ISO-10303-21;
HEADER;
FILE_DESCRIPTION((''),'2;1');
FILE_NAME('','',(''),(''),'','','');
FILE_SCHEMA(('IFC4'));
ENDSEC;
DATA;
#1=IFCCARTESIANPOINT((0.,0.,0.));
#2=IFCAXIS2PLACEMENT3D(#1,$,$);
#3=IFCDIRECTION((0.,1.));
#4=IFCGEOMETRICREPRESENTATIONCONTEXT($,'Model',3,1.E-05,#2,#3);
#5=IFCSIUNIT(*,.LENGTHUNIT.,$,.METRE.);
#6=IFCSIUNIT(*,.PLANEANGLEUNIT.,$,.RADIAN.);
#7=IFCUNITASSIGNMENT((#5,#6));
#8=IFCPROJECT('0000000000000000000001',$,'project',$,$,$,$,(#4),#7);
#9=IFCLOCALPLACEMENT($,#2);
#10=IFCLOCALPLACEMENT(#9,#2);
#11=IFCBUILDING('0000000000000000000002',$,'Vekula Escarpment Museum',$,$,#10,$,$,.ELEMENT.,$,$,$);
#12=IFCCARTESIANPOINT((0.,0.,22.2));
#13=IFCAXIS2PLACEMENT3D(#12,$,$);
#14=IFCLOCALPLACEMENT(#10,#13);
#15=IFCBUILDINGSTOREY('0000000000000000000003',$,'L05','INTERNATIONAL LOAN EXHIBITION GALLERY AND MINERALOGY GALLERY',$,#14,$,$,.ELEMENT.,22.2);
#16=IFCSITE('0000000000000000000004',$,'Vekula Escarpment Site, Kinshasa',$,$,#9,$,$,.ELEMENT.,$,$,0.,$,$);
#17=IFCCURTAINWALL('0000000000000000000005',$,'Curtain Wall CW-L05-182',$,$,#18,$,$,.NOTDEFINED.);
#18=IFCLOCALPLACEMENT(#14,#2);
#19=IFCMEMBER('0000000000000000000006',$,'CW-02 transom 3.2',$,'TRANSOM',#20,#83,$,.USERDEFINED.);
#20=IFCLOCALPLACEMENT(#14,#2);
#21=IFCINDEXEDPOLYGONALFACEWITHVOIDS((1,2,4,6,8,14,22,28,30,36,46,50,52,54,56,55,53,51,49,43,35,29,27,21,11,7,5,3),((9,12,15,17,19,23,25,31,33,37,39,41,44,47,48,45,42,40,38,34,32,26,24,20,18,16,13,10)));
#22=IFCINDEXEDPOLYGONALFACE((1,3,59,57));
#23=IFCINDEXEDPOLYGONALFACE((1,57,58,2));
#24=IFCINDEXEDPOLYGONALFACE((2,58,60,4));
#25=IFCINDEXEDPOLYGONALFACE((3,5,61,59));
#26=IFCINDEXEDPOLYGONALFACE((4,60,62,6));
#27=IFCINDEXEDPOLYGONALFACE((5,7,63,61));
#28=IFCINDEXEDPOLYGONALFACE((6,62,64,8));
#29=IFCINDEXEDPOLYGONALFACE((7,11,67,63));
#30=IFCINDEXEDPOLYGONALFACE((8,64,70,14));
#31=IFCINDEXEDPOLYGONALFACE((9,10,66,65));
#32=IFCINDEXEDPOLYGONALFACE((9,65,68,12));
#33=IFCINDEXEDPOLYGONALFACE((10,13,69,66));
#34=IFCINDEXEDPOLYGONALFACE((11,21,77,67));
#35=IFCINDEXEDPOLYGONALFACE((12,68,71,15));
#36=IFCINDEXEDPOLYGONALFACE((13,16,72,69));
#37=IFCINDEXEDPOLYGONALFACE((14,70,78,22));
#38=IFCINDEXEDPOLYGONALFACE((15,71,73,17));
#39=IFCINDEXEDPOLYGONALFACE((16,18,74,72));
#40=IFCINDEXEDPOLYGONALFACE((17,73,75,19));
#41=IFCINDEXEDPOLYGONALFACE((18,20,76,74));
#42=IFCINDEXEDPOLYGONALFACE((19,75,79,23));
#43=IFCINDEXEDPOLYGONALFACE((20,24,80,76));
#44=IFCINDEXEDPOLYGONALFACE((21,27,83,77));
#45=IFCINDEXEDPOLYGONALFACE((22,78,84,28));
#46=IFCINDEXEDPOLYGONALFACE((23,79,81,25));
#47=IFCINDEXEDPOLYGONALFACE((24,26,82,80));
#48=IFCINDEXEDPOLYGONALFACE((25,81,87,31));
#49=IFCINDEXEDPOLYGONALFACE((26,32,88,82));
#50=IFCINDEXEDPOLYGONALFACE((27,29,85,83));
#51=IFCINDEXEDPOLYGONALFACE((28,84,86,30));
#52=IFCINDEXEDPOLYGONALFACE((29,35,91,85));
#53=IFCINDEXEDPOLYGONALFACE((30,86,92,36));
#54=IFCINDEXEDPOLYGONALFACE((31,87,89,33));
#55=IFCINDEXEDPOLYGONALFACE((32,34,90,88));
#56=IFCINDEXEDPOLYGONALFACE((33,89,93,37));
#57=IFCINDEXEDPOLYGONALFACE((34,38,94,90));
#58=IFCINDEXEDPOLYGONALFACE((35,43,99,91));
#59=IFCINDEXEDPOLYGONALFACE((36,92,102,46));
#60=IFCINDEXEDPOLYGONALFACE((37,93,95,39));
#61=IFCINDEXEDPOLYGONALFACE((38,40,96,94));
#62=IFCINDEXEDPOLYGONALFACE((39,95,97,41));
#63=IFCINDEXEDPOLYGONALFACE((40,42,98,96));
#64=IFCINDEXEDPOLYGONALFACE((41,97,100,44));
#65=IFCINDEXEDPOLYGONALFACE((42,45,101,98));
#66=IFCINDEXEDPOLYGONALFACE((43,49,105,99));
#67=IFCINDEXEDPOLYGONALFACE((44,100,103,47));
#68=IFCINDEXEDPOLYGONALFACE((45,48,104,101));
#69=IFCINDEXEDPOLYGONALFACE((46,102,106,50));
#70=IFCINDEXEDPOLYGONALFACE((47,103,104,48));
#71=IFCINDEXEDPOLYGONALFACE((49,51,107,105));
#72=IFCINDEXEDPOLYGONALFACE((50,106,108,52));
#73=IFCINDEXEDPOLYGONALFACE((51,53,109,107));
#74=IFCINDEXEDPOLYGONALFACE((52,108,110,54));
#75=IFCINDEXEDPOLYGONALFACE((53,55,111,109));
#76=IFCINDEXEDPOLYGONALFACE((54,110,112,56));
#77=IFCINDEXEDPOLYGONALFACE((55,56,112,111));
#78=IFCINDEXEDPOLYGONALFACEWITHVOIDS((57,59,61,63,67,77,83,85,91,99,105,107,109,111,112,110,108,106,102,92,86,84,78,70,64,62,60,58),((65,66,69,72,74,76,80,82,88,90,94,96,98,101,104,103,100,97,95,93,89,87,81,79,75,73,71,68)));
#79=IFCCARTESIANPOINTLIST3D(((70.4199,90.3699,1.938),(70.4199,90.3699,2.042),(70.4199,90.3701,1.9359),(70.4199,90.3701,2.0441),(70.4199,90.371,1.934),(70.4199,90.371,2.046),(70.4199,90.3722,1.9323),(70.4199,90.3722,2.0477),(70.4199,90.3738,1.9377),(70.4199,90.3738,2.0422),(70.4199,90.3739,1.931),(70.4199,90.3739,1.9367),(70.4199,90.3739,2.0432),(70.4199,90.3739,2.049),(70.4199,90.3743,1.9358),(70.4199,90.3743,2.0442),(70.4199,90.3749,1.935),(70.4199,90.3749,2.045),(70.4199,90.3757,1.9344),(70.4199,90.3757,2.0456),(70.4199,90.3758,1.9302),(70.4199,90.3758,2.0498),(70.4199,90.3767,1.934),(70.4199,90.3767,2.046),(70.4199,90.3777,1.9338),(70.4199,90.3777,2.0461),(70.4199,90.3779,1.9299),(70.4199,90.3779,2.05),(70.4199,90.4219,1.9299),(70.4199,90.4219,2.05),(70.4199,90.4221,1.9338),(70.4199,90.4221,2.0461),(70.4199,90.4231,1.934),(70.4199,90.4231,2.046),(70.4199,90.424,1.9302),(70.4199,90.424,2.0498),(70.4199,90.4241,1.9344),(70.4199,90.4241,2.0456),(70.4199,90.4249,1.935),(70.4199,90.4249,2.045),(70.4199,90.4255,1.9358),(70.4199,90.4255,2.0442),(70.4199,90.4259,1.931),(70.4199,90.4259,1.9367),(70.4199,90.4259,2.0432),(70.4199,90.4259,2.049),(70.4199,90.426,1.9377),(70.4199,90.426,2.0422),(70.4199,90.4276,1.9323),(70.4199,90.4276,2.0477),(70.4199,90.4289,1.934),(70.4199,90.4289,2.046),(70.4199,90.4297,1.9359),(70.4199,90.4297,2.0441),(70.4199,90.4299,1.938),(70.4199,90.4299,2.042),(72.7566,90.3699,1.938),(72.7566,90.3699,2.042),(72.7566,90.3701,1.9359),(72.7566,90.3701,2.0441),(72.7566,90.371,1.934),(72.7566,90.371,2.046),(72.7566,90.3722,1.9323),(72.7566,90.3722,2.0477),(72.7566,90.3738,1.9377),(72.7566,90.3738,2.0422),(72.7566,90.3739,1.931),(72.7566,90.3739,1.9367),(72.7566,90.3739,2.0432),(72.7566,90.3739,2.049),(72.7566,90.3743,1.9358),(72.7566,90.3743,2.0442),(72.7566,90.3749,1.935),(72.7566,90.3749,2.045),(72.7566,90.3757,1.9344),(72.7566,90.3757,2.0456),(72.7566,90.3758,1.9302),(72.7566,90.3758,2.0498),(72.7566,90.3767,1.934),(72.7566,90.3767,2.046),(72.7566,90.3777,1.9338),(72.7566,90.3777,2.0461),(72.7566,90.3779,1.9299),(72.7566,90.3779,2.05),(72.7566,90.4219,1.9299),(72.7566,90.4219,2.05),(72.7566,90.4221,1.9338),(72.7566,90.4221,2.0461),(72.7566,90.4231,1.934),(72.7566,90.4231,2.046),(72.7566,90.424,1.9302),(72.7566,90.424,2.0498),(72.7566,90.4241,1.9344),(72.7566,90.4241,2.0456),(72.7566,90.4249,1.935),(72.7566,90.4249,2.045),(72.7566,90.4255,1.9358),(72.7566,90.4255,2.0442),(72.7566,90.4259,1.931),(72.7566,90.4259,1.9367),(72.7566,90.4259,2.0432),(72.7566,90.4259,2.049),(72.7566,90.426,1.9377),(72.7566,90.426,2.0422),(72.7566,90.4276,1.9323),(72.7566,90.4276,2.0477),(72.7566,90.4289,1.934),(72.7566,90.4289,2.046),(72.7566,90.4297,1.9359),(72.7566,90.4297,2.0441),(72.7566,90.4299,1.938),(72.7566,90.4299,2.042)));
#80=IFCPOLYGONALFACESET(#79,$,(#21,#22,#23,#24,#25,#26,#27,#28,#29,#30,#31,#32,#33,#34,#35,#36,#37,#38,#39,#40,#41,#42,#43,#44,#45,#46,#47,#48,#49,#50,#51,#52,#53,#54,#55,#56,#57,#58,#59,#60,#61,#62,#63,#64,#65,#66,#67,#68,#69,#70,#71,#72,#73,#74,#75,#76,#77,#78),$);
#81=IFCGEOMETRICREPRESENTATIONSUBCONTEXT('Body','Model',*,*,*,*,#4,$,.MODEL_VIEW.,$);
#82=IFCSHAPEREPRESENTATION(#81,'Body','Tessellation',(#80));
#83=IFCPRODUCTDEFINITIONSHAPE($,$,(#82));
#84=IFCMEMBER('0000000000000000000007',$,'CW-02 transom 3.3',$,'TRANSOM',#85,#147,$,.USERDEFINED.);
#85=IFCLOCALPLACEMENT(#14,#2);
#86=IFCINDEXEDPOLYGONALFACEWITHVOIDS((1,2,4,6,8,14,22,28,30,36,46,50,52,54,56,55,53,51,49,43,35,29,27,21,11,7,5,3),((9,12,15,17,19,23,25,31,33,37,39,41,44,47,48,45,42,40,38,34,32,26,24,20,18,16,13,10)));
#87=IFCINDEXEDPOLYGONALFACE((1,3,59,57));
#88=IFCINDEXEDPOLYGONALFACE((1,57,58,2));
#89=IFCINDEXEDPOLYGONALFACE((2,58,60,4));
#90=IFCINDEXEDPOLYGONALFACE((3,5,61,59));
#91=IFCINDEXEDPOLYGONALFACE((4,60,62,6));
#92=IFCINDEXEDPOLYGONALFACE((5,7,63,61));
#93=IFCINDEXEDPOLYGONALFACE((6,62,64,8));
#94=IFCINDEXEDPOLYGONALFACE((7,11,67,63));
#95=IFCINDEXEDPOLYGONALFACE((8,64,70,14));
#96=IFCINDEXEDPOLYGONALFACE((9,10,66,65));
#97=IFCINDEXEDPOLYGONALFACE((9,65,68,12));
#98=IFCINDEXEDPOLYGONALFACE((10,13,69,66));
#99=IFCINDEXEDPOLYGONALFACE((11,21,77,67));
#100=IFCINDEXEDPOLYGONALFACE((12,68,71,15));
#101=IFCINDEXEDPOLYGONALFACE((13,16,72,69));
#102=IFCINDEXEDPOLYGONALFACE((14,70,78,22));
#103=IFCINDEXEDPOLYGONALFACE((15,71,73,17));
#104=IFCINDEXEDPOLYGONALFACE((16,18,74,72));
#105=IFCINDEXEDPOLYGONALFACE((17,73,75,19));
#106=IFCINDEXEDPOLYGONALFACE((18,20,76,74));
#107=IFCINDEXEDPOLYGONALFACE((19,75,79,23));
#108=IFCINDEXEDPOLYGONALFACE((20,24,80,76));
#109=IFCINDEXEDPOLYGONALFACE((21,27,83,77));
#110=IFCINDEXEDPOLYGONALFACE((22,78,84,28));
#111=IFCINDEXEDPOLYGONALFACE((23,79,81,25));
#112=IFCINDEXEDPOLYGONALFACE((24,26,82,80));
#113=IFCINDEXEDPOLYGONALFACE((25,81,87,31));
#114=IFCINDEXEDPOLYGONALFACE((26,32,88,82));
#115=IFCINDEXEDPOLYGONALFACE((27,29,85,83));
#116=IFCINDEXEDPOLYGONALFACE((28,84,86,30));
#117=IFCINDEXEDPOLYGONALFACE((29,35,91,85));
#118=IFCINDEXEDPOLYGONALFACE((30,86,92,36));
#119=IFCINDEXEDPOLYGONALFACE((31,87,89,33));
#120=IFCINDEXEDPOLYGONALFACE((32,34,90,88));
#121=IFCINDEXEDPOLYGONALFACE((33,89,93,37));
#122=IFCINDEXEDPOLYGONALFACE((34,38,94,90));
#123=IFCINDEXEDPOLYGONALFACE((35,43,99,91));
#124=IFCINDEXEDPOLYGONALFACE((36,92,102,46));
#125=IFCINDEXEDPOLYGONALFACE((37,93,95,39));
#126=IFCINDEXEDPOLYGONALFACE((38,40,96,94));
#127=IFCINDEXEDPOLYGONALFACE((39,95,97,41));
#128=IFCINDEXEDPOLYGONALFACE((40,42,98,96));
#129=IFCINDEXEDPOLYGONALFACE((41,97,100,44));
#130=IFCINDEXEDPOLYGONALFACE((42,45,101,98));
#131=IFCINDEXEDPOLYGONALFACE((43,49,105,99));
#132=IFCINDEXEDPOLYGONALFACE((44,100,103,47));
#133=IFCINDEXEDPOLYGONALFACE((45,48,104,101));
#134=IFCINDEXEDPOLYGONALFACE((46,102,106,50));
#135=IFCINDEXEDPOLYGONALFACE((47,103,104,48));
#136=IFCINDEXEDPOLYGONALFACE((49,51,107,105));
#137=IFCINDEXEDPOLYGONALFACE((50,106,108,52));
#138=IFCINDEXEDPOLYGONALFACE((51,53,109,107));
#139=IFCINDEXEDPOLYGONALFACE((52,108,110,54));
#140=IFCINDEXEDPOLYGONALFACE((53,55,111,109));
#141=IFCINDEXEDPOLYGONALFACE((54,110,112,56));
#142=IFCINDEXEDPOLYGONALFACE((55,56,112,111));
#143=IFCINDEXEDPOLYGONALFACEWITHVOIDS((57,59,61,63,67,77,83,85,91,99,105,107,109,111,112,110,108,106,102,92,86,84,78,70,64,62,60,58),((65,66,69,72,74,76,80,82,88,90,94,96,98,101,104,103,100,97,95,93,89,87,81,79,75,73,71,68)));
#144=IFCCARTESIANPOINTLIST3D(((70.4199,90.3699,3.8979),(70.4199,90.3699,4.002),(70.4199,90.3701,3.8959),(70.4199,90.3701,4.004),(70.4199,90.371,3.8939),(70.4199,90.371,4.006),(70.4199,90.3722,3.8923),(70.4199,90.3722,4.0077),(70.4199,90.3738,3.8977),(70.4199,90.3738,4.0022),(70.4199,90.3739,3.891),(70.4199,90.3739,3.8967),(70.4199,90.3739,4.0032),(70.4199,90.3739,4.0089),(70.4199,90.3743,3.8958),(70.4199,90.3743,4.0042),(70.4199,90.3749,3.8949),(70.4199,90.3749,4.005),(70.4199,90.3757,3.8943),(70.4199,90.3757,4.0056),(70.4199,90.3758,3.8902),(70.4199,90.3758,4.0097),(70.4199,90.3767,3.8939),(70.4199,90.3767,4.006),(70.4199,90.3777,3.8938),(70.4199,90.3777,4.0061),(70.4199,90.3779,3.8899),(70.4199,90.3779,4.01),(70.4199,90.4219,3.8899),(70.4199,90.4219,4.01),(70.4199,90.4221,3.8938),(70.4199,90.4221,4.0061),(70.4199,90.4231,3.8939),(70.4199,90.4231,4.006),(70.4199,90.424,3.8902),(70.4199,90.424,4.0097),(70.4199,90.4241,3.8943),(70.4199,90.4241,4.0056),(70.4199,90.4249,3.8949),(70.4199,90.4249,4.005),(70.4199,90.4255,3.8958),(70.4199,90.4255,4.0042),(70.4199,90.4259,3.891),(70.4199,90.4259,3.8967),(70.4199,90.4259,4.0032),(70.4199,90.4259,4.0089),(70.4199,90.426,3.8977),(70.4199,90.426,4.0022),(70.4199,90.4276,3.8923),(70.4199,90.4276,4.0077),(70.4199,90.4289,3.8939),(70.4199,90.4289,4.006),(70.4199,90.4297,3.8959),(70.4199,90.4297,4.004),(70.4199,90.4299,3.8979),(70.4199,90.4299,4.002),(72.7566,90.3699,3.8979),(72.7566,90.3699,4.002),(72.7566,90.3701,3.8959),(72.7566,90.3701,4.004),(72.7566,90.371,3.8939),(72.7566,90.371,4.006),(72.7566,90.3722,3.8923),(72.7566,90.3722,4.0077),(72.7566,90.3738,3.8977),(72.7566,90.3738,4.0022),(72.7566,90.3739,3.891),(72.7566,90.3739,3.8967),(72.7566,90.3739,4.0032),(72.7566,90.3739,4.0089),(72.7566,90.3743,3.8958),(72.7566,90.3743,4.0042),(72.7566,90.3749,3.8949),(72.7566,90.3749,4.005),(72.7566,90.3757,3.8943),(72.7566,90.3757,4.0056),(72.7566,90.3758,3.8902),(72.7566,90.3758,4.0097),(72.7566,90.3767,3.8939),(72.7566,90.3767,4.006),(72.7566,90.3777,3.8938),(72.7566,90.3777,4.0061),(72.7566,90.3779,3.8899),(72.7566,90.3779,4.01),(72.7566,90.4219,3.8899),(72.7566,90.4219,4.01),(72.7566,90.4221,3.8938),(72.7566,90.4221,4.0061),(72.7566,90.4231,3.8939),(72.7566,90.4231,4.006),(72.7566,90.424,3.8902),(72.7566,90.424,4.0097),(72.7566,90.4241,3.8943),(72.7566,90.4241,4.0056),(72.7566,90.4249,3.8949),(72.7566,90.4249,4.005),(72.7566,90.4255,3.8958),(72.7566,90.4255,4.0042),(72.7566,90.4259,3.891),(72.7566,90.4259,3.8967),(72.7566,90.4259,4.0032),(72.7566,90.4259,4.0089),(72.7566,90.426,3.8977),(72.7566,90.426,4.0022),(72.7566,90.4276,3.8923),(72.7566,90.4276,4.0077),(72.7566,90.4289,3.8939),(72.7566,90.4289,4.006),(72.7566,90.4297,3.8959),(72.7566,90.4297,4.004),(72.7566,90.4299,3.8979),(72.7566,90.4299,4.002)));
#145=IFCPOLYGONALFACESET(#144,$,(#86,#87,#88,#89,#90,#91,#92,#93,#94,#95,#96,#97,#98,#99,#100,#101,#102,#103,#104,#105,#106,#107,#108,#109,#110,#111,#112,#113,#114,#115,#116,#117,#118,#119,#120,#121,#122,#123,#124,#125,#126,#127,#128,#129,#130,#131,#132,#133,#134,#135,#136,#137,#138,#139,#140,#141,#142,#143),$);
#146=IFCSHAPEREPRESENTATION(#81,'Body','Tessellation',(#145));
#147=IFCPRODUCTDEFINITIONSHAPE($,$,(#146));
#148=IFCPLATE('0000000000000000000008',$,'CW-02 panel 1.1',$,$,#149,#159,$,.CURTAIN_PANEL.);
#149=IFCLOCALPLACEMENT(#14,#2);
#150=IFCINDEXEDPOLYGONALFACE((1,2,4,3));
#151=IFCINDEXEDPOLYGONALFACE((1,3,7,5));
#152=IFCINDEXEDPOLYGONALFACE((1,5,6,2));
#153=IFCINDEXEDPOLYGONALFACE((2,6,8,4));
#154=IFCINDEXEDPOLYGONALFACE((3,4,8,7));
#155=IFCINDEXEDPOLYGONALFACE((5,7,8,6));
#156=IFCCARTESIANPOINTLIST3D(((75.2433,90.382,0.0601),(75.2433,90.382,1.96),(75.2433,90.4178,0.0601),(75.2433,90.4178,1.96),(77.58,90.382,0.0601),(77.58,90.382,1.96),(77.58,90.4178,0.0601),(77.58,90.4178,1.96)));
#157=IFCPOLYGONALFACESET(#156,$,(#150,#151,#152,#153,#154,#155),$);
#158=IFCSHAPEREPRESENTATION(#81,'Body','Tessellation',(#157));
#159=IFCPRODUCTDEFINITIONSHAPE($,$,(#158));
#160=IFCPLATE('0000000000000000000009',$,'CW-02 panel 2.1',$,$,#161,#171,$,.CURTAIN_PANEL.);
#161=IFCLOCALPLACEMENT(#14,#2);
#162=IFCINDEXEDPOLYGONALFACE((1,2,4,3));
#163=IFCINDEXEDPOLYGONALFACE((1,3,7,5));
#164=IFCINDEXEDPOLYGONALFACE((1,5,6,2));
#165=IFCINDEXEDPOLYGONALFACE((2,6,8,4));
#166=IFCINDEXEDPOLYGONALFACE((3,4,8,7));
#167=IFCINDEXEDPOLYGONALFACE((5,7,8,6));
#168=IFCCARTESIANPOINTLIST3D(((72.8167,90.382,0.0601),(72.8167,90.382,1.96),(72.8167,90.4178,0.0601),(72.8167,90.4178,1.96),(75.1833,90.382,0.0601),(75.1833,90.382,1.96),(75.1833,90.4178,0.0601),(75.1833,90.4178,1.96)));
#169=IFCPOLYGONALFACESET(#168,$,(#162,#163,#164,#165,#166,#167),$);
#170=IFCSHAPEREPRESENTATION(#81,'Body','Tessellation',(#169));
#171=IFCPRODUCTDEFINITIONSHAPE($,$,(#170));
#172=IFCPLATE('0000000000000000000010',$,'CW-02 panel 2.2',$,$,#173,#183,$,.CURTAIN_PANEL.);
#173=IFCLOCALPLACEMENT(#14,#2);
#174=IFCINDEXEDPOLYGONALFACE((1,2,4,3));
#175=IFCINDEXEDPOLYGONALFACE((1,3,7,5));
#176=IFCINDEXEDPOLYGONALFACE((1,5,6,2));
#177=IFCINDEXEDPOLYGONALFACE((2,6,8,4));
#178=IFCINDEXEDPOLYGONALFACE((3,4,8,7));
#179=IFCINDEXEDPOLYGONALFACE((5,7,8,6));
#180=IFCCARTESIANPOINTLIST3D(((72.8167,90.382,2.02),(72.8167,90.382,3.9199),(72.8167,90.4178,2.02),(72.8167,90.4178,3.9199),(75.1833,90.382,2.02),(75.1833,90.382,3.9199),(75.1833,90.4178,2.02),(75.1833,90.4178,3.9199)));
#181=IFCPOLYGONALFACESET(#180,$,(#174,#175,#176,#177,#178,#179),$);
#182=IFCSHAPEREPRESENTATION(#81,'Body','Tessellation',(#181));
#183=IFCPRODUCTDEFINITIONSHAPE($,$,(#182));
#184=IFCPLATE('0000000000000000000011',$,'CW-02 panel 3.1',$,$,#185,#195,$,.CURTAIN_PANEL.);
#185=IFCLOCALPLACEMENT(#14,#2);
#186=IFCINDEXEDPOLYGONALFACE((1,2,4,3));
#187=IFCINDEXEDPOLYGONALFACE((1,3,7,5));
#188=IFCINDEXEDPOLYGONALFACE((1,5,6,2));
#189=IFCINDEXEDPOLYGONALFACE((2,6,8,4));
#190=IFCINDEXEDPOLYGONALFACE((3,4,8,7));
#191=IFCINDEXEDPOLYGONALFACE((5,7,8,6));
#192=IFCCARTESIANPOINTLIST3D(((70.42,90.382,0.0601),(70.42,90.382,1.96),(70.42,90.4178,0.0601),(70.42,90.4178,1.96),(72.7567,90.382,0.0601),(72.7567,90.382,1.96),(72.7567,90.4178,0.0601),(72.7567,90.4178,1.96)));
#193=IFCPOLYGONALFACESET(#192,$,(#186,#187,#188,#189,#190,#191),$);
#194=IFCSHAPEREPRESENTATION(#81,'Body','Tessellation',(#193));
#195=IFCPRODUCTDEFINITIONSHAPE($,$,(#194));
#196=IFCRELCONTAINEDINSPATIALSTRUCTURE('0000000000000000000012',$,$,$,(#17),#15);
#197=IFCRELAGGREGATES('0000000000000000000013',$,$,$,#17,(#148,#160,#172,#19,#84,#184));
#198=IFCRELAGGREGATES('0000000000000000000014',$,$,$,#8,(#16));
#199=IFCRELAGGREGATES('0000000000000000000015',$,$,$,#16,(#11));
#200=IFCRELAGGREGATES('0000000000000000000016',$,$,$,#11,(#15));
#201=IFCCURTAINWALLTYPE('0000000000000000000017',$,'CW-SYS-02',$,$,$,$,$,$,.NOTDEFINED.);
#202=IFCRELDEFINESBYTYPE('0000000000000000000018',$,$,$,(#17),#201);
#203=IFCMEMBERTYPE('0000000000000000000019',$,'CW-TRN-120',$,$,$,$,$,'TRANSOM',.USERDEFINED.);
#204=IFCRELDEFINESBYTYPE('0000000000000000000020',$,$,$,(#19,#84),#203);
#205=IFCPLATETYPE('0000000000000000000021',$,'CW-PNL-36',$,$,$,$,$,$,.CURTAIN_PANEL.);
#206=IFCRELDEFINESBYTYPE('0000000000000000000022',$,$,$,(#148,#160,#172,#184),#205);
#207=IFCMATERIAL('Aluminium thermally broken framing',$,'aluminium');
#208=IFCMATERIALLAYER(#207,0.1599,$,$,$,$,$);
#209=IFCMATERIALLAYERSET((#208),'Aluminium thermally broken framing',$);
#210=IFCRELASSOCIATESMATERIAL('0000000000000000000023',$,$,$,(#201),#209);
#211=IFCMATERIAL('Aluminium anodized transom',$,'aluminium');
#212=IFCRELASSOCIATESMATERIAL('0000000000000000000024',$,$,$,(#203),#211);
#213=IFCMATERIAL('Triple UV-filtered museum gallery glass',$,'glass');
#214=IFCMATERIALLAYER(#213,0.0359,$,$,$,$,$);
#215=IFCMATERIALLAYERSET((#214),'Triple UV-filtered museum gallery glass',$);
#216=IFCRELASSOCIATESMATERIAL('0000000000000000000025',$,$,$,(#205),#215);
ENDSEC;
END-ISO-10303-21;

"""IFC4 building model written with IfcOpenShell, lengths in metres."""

from ifc_helpers import new_model, si_unit, direction, frame, origin, origin_2d, place, context, subcontext, project, spatial, rectangle, hollow_rectangle, extrude, material, layer, layer_set, material_profile, profile_set, type_object, element, aggregate, save


model = new_model("IFC4")

# Units and contexts
model_context = context("Model", 3, precision=1e-05, world=origin(), true_north=direction((0.0, 1.0)))
body_context = subcontext(model_context, "Body", "Model", "MODEL_VIEW")
ifc_project = project(units=[si_unit("LENGTHUNIT", "METRE"), si_unit("PLANEANGLEUNIT", "RADIAN")], contexts=[model_context])

# Site, building, storey
site_placement = place(None, origin())
site = spatial("IfcSite", under=ifc_project, at=site_placement, Name="Vekula Escarpment Site, Kinshasa", CompositionType="ELEMENT", RefElevation=0.0)
building_placement = place(site_placement, origin())
building = spatial("IfcBuilding", under=site, at=building_placement, Name="Vekula Escarpment Museum", CompositionType="ELEMENT")
storey_placement = place(building_placement, frame((0.0, 0.0, 22.2)))
storey = spatial("IfcBuildingStorey", under=building, at=storey_placement, Name="L05", Description="INTERNATIONAL LOAN EXHIBITION GALLERY AND MINERALOGY GALLERY", CompositionType="ELEMENT", Elevation=22.2)

# Curtain wall, members, plates
ifc_material_1 = material(Name="Aluminium thermally broken framing", Category="aluminium")
ifc_layer_1 = layer(ifc_material_1, 0.1599)
ifc_layer_set_1 = layer_set([ifc_layer_1], Name="Aluminium thermally broken framing")
curtain_wall_type = type_object("IfcCurtainWallType", Name="CW-SYS-02", PredefinedType="NOTDEFINED", material=ifc_layer_set_1)
curtain_wall_placement = place(storey_placement, origin())
curtain_wall = element("IfcCurtainWall", 1, at=curtain_wall_placement, inside=storey, type_object=curtain_wall_type, Name="Curtain Wall CW-L05-182", PredefinedType="NOTDEFINED")
ifc_material_2 = material(Name="Aluminium anodized transom", Category="aluminium")
ifc_material_profile_1 = material_profile(ifc_material_2, hollow_rectangle(XDim=0.0601, YDim=0.1201, WallThickness=0.0039, InnerFilletRadius=0.0039, OuterFilletRadius=0.0081, at=origin_2d()), Name="ALU 120x60x4")
ifc_profile_set_1 = profile_set([ifc_material_profile_1], Name="Aluminium anodized transom")
member_type_1 = type_object("IfcMemberType", Name="CW-TRN-120", ElementType="TRANSOM", PredefinedType="USERDEFINED", material=ifc_profile_set_1)
member_1_placement = place(storey_placement, frame((72.7566, 90.3999, 1.99), z_axis=(-1.0, 0.0, 0.0), x_axis=(0.0, -1.0, 0.0)))
member_1 = element("IfcMember", 2, at=member_1_placement, type_object=member_type_1, Name="CW-02 transom 3.2", ObjectType="TRANSOM", PredefinedType="USERDEFINED", context=body_context, shape_type="SweptSolid", body=[
    extrude(hollow_rectangle(XDim=0.0601, YDim=0.1201, WallThickness=0.0039, InnerFilletRadius=0.0039, OuterFilletRadius=0.0081, at=origin_2d()), origin(), (0.0, 0.0, 1.0), 2.3367),
])
member_2_placement = place(storey_placement, frame((72.7566, 90.3999, 3.95), z_axis=(-1.0, 0.0, 0.0), x_axis=(0.0, -1.0, 0.0)))
member_2 = element("IfcMember", 3, at=member_2_placement, type_object=member_type_1, Name="CW-02 transom 3.3", ObjectType="TRANSOM", PredefinedType="USERDEFINED", context=body_context, shape_type="SweptSolid", body=[
    extrude(hollow_rectangle(XDim=0.0601, YDim=0.1201, WallThickness=0.0039, InnerFilletRadius=0.0039, OuterFilletRadius=0.0081, at=origin_2d()), origin(), (0.0, 0.0, 1.0), 2.3367),
])
ifc_material_3 = material(Name="Triple UV-filtered museum gallery glass", Category="glass")
ifc_layer_2 = layer(ifc_material_3, 0.0359)
ifc_layer_set_2 = layer_set([ifc_layer_2], Name="Triple UV-filtered museum gallery glass")
plate_type = type_object("IfcPlateType", Name="CW-PNL-36", PredefinedType="CURTAIN_PANEL", material=ifc_layer_set_2)
plate_1_placement = place(storey_placement, frame((76.4116, 90.3999, 0.0601), z_axis=(0.0, 0.0, 1.0), x_axis=(-1.0, 0.0, 0.0)))
plate_1 = element("IfcPlate", 4, at=plate_1_placement, type_object=plate_type, Name="CW-02 panel 1.1", PredefinedType="CURTAIN_PANEL", context=body_context, shape_type="SweptSolid", body=[
    extrude(rectangle(XDim=2.3367, YDim=0.0359, at=origin_2d()), origin(), (0.0, 0.0, 1.0), 1.8999),
])
plate_2_placement = place(storey_placement, frame((74.0, 90.3999, 0.0601), z_axis=(0.0, 0.0, 1.0), x_axis=(-1.0, 0.0, 0.0)))
plate_2 = element("IfcPlate", 5, at=plate_2_placement, type_object=plate_type, Name="CW-02 panel 2.1", PredefinedType="CURTAIN_PANEL", context=body_context, shape_type="SweptSolid", body=[
    extrude(rectangle(XDim=2.3667, YDim=0.0359, at=origin_2d()), origin(), (0.0, 0.0, 1.0), 1.8999),
])
plate_3_placement = place(storey_placement, frame((74.0, 90.3999, 2.02), z_axis=(0.0, 0.0, 1.0), x_axis=(-1.0, 0.0, 0.0)))
plate_3 = element("IfcPlate", 6, at=plate_3_placement, type_object=plate_type, Name="CW-02 panel 2.2", PredefinedType="CURTAIN_PANEL", context=body_context, shape_type="SweptSolid", body=[
    extrude(rectangle(XDim=2.3667, YDim=0.0359, at=origin_2d()), origin(), (0.0, 0.0, 1.0), 1.8999),
])
plate_4_placement = place(storey_placement, frame((71.5884, 90.3999, 0.0601), z_axis=(0.0, 0.0, 1.0), x_axis=(-1.0, 0.0, 0.0)))
plate_4 = element("IfcPlate", 7, at=plate_4_placement, type_object=plate_type, Name="CW-02 panel 3.1", PredefinedType="CURTAIN_PANEL", context=body_context, shape_type="SweptSolid", body=[
    extrude(rectangle(XDim=2.3367, YDim=0.0359, at=origin_2d()), origin(), (0.0, 0.0, 1.0), 1.8999),
])
aggregate(curtain_wall, [plate_1, plate_2, plate_3, member_1, member_2, plate_4])

save(model, "model.ifc")
